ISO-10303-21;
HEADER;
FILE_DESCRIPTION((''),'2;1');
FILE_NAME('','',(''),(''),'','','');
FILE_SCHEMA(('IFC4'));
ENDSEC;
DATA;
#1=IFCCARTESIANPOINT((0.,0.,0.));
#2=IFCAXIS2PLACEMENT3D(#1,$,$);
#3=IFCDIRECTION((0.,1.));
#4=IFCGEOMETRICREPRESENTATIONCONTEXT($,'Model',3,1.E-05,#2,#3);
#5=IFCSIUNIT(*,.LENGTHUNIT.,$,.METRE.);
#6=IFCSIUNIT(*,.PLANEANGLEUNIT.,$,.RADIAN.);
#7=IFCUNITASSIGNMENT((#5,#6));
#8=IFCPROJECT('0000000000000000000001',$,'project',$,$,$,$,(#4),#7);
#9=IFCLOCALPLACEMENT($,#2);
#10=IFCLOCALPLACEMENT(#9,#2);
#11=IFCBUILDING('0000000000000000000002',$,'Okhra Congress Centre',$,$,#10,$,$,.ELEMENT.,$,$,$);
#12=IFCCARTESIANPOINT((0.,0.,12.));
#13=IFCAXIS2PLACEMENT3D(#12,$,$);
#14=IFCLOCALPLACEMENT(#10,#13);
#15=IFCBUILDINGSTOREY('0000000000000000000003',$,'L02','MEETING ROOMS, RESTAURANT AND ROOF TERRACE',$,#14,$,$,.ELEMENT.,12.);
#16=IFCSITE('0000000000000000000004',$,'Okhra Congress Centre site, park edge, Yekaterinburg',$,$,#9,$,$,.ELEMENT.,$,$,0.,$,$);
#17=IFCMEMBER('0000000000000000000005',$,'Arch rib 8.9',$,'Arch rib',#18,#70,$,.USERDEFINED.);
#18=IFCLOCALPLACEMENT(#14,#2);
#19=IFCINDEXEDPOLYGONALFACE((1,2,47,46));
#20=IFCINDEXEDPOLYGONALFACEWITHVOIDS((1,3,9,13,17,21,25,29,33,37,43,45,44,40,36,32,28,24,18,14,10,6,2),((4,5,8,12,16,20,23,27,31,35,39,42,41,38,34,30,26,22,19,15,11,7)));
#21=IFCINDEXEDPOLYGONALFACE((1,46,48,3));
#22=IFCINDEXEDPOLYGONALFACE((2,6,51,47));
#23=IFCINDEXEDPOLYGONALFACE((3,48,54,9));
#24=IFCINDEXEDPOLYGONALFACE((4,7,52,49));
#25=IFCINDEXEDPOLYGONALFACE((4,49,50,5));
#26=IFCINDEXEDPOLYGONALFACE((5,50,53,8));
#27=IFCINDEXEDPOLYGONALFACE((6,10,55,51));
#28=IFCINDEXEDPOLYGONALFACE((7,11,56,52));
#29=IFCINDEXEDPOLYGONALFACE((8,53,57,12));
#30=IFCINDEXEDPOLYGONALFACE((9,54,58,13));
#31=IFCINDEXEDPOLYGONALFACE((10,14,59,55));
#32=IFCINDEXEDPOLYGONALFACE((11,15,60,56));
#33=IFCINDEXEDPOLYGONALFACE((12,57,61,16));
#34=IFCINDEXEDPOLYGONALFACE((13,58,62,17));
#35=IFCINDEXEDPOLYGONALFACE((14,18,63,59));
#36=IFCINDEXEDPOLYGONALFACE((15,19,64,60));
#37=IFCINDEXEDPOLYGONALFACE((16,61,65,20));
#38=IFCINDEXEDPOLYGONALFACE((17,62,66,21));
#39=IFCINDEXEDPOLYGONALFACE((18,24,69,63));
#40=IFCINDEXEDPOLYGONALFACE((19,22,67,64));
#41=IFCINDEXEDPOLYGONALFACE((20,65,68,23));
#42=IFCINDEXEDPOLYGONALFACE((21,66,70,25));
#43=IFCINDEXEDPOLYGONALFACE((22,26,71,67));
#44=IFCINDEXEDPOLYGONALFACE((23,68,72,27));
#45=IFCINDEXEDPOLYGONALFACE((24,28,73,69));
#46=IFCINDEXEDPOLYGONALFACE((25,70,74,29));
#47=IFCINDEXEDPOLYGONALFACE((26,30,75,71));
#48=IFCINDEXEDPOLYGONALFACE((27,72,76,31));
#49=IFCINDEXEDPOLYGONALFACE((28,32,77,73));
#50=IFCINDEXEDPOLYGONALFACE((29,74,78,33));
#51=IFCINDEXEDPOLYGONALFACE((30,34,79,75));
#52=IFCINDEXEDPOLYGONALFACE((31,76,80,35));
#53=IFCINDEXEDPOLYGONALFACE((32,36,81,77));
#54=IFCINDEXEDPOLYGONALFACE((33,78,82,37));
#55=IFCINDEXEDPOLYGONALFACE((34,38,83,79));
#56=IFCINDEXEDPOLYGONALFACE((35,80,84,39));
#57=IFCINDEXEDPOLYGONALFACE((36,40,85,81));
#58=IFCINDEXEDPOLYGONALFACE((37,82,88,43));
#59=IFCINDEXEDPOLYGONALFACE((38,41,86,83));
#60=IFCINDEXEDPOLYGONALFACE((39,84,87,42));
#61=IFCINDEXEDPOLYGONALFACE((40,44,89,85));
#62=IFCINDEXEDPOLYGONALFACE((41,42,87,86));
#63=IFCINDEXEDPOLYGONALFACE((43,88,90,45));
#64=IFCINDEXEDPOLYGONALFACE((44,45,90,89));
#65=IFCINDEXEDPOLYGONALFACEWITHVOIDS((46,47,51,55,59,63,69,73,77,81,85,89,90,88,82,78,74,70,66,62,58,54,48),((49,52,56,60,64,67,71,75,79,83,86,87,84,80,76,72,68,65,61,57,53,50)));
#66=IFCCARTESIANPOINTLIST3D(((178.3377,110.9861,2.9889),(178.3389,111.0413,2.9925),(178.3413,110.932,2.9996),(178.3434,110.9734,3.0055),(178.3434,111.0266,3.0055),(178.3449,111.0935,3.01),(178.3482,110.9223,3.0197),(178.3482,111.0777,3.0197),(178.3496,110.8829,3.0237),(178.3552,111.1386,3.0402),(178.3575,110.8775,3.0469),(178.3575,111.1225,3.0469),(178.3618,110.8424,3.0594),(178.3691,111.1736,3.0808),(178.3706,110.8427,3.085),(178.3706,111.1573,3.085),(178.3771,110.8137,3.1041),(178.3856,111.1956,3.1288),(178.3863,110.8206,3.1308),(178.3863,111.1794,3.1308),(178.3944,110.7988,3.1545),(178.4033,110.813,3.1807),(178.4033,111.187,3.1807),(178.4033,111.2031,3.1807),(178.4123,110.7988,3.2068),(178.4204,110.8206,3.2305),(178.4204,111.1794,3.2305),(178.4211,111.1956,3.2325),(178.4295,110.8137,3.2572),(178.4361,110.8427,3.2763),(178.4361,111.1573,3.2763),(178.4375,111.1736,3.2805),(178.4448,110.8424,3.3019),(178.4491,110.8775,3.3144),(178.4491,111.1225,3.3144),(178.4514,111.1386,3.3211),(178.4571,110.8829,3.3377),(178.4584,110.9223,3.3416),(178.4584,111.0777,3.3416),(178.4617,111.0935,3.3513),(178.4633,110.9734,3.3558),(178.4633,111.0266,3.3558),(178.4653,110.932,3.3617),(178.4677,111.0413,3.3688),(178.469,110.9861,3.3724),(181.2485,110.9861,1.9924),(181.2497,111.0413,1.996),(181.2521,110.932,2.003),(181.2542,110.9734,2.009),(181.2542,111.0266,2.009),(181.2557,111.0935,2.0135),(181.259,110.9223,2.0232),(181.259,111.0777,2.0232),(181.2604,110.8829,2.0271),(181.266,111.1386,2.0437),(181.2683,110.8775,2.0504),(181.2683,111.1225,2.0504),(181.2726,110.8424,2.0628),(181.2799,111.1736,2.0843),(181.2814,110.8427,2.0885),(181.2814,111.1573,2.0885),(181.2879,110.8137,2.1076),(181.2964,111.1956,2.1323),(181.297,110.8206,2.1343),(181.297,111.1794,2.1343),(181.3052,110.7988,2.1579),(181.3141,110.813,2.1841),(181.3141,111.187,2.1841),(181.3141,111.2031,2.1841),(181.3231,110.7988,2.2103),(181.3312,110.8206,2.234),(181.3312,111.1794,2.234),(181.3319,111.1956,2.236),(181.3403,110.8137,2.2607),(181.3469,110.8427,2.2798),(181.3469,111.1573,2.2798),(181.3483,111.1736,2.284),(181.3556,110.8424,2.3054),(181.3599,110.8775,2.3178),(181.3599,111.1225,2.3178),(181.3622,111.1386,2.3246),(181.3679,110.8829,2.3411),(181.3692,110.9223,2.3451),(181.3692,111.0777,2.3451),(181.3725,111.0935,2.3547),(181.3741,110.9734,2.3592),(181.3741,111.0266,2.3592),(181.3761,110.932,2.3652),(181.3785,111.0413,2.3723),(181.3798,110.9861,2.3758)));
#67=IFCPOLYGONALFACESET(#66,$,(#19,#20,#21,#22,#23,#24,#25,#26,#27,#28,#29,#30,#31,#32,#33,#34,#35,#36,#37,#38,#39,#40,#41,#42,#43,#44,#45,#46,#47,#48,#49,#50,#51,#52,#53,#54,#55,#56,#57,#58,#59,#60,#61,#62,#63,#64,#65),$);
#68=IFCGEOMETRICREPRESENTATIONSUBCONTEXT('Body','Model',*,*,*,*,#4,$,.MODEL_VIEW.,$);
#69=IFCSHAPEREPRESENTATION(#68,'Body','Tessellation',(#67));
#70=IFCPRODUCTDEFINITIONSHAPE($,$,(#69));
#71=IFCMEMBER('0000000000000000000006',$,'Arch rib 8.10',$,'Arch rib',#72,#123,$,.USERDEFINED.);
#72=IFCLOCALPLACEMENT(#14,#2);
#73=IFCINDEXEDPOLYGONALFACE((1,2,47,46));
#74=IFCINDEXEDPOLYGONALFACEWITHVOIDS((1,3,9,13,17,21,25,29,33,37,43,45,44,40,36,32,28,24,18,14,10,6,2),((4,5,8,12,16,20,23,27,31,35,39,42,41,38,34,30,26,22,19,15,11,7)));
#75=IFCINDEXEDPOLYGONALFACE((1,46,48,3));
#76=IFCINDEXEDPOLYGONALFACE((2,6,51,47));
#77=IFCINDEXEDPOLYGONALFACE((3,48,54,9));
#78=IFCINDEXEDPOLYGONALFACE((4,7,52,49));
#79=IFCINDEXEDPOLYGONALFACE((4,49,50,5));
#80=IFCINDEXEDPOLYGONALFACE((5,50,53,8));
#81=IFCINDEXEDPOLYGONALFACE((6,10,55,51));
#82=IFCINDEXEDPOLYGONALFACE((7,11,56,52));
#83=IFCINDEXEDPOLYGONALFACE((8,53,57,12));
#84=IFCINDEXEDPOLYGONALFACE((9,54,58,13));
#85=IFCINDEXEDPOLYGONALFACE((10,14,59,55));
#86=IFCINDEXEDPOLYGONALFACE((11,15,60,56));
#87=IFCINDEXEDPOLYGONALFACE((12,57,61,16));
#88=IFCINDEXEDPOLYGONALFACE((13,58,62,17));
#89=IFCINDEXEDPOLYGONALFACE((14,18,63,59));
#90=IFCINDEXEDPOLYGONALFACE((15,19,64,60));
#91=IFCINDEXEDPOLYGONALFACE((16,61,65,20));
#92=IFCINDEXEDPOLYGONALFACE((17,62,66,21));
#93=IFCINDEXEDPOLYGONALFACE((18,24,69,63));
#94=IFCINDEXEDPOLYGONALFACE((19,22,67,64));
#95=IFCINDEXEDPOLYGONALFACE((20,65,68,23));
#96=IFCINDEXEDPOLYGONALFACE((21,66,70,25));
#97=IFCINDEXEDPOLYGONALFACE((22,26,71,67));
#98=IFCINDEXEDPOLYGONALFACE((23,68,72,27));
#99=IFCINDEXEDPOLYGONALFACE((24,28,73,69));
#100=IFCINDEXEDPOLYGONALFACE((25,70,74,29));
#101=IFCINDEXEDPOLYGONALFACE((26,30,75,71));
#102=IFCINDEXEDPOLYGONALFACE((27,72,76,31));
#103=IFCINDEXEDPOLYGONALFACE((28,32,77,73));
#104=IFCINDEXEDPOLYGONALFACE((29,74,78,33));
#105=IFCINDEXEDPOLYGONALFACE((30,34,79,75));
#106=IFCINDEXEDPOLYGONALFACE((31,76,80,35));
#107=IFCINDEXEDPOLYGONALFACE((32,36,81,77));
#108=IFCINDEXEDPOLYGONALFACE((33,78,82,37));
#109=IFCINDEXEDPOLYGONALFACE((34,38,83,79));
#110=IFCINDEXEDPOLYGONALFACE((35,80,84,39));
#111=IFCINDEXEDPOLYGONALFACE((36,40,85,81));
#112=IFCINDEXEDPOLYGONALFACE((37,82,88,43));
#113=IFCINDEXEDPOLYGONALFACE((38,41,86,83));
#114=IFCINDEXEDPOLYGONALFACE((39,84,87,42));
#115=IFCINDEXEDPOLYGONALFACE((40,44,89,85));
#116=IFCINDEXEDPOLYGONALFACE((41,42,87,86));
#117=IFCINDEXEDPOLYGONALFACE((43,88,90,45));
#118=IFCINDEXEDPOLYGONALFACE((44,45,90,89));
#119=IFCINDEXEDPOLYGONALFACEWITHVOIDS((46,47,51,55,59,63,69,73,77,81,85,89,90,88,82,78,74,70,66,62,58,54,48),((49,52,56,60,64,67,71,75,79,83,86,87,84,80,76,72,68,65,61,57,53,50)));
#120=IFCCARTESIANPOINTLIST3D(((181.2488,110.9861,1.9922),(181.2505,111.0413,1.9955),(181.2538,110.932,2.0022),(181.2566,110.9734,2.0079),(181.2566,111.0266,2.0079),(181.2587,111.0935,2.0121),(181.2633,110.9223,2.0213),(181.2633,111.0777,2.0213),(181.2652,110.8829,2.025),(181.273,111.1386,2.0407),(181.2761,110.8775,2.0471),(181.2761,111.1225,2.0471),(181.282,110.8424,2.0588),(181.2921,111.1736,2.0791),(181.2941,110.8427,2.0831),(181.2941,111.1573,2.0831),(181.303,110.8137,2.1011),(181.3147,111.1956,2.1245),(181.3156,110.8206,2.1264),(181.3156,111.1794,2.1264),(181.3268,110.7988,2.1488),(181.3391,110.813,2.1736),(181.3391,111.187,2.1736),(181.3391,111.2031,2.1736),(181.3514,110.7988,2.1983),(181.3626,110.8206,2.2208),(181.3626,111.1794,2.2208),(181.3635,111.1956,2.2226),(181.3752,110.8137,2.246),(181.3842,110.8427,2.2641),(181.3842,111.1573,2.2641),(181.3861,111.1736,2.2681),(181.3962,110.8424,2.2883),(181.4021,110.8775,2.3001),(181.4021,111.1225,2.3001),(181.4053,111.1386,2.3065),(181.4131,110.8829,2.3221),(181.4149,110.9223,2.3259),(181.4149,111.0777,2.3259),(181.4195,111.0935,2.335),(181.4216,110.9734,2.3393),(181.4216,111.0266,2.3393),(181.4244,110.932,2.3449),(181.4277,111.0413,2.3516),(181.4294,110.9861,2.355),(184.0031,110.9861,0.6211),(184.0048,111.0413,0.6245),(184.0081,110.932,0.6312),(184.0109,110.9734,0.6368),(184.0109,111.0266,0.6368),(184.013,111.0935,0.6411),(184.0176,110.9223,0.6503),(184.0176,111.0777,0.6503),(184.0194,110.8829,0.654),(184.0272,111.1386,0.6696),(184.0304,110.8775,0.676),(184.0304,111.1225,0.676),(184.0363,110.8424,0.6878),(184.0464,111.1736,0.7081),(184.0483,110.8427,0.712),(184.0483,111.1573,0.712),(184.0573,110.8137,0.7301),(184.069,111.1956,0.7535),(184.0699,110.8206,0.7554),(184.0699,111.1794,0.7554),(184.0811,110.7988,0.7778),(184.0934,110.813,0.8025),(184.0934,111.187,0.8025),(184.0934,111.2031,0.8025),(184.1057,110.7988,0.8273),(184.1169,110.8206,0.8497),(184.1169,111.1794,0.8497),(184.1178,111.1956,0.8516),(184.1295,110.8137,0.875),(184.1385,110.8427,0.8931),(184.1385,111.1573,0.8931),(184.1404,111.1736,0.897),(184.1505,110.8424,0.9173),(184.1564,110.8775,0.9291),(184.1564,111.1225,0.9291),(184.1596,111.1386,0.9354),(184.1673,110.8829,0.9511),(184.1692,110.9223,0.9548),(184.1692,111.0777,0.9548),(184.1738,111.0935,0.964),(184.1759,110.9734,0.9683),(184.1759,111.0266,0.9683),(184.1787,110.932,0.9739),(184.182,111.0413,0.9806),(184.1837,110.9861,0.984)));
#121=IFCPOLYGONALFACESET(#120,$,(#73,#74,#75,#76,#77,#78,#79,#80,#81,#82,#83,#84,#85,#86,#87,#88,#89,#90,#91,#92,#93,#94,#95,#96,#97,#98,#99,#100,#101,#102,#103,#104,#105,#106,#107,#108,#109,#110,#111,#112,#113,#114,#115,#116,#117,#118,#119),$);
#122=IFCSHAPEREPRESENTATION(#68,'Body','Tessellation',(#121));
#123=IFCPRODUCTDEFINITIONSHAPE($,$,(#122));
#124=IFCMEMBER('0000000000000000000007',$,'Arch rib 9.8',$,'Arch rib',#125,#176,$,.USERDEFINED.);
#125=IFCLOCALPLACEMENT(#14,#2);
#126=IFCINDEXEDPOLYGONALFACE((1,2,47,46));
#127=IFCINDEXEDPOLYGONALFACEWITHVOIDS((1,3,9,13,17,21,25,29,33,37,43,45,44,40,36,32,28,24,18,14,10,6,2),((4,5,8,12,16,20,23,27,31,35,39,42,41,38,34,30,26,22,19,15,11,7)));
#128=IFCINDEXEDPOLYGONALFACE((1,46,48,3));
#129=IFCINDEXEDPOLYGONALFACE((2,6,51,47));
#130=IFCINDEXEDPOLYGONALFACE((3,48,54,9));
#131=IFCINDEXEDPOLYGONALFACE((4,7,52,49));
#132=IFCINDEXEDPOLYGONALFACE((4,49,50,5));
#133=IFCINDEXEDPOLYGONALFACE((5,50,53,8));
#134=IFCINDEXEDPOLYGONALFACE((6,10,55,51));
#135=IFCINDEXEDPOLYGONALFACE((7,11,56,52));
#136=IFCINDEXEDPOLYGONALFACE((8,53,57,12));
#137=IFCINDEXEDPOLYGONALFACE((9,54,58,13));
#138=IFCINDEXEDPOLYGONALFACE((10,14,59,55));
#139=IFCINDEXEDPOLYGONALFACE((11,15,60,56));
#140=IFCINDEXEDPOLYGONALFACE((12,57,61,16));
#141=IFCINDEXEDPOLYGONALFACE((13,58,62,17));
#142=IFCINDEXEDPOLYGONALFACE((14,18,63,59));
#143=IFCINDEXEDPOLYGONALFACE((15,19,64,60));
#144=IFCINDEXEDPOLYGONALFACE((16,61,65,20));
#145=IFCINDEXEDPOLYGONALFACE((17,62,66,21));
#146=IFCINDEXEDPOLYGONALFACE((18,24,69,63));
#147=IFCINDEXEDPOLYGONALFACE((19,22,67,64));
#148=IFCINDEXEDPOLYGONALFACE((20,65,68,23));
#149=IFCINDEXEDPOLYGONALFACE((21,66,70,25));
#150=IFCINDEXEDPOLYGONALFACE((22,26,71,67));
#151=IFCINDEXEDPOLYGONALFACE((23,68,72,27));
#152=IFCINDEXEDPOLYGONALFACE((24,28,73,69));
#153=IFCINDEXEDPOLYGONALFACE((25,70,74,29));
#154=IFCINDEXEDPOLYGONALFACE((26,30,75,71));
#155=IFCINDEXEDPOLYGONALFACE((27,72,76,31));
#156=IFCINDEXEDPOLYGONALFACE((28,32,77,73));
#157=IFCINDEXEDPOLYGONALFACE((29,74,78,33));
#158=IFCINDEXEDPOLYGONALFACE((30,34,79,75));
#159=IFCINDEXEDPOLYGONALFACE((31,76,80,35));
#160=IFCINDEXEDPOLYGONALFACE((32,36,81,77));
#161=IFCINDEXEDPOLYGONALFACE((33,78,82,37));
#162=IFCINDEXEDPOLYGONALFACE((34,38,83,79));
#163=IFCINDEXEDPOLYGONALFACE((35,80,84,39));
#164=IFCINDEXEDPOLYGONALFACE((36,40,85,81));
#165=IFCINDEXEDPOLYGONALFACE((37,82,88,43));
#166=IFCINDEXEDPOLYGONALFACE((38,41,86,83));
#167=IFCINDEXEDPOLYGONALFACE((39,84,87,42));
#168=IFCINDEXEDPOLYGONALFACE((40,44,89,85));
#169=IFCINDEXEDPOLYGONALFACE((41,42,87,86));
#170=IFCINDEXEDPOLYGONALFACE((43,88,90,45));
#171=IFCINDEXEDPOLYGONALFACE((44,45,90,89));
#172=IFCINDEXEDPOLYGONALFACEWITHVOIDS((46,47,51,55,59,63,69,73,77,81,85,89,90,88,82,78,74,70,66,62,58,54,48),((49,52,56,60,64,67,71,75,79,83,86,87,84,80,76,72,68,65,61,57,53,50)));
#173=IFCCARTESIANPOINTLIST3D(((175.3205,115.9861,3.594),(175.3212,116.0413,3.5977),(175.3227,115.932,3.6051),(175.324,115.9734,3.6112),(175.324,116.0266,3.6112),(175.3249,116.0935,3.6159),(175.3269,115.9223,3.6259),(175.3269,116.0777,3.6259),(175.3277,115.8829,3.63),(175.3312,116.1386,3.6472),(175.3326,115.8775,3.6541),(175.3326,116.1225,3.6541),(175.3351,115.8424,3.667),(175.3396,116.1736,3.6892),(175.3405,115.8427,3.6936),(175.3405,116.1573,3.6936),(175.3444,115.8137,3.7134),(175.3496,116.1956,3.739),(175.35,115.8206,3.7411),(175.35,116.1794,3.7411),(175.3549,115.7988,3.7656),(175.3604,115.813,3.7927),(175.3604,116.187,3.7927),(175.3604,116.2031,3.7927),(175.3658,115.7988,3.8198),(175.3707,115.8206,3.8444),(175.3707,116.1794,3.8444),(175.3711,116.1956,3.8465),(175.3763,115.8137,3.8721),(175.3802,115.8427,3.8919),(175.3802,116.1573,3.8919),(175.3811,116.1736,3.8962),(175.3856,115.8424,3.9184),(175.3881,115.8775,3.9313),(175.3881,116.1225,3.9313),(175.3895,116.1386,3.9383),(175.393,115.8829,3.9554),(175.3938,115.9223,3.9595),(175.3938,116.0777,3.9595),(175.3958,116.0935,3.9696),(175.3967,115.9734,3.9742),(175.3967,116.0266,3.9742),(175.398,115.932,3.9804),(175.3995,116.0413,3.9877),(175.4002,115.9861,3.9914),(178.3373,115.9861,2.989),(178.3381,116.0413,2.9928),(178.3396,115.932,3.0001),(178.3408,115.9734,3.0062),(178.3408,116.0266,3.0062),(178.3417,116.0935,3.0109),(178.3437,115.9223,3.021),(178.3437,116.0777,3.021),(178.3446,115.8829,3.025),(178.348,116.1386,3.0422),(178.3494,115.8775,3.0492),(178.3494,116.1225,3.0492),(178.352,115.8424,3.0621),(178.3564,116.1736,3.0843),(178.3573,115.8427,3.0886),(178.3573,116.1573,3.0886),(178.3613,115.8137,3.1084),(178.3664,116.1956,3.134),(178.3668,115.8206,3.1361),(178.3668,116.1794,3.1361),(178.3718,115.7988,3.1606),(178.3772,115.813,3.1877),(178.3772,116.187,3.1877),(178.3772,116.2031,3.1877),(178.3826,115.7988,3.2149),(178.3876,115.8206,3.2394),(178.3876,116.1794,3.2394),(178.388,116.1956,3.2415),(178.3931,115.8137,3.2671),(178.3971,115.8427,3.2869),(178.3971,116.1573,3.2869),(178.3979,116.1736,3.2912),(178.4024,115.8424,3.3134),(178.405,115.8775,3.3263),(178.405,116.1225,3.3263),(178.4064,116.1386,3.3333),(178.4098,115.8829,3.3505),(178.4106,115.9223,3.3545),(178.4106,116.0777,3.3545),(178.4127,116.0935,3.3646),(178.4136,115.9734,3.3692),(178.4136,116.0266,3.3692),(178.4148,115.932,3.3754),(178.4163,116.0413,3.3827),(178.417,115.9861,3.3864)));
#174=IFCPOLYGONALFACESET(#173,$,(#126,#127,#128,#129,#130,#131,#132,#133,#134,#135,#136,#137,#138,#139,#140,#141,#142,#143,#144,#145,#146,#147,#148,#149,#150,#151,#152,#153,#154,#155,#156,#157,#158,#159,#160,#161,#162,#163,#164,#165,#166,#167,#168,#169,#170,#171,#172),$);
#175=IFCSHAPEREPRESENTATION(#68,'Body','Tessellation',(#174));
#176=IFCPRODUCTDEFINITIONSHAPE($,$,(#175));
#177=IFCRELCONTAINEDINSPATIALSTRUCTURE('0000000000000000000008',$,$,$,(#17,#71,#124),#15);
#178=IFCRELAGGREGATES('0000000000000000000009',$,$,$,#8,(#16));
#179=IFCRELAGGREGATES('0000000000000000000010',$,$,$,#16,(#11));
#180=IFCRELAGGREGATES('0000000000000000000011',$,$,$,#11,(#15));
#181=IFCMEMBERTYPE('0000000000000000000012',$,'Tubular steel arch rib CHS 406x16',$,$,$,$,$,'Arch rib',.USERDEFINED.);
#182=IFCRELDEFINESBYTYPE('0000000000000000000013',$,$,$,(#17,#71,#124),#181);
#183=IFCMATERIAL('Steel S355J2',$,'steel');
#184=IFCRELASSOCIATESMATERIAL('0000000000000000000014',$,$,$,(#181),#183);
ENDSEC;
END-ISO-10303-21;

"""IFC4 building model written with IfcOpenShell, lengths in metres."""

from ifc_helpers import new_model, si_unit, direction, frame, origin, origin_2d, place, context, subcontext, project, spatial, hollow_circle, extrude, material, material_profile, profile_set, type_object, element, save


model = new_model("IFC4")

# Units and contexts
model_context = context("Model", 3, precision=1e-05, world=origin(), true_north=direction((0.0, 1.0)))
body_context = subcontext(model_context, "Body", "Model", "MODEL_VIEW")
ifc_project = project(units=[si_unit("LENGTHUNIT", "METRE"), si_unit("PLANEANGLEUNIT", "RADIAN")], contexts=[model_context])

# Site, building, storey
site_placement = place(None, origin())
site = spatial("IfcSite", under=ifc_project, at=site_placement, Name="Okhra Congress Centre site, park edge, Yekaterinburg", CompositionType="ELEMENT", RefElevation=0.0)
building_placement = place(site_placement, origin())
building = spatial("IfcBuilding", under=site, at=building_placement, Name="Okhra Congress Centre", CompositionType="ELEMENT")
storey_placement = place(building_placement, frame((0.0, 0.0, 12.0)))
storey = spatial("IfcBuildingStorey", under=building, at=storey_placement, Name="L02", Description="MEETING ROOMS, RESTAURANT AND ROOF TERRACE", CompositionType="ELEMENT", Elevation=12.0)

# Members
ifc_material_1 = material(Name="Steel S355J2", Category="steel")
ifc_material_profile_1 = material_profile(ifc_material_1, hollow_circle(Radius=0.2031, WallThickness=0.0161, at=origin_2d()), Name="CHS 406.4x16")
ifc_profile_set_1 = profile_set([ifc_material_profile_1], Name="Steel S355J2")
member_type_1 = type_object("IfcMemberType", Name="Tubular steel arch rib CHS 406x16", ElementType="Arch rib", PredefinedType="USERDEFINED", material=ifc_profile_set_1)
for number, where, z_axis, x_axis, name in (
    (1, (178.4033, 111.0, 3.1807), (0.946089, 0.0, -0.323906), (0.0, 1.0, 0.0), "Arch rib 8.9"),
    (2, (181.3391, 111.0, 2.1736), (0.895219, 0.0, -0.445626), (0.0, 1.0, 0.0), "Arch rib 8.10"),
):
    element("IfcMember", number, at=place(storey_placement, frame(where, z_axis=z_axis, x_axis=x_axis)), inside=storey, type_object=member_type_1, Name=name, ObjectType="Arch rib", PredefinedType="USERDEFINED", context=body_context, shape_type="SweptSolid", body=[
        extrude(hollow_circle(Radius=0.2031, WallThickness=0.0161, at=origin_2d()), origin(), (0.0, 0.0, 1.0), 3.0767),
    ])
member_1_placement = place(storey_placement, frame((175.3604, 116.0, 3.7927), z_axis=(0.98048, 0.0, -0.19662), x_axis=(0.0, 1.0, 0.0)))
element("IfcMember", 3, at=member_1_placement, inside=storey, type_object=member_type_1, Name="Arch rib 9.8", ObjectType="Arch rib", PredefinedType="USERDEFINED", context=body_context, shape_type="SweptSolid", body=[
    extrude(hollow_circle(Radius=0.2031, WallThickness=0.0161, at=origin_2d()), origin(), (0.0, 0.0, 1.0), 3.0769),
])

save(model, "model.ifc")
